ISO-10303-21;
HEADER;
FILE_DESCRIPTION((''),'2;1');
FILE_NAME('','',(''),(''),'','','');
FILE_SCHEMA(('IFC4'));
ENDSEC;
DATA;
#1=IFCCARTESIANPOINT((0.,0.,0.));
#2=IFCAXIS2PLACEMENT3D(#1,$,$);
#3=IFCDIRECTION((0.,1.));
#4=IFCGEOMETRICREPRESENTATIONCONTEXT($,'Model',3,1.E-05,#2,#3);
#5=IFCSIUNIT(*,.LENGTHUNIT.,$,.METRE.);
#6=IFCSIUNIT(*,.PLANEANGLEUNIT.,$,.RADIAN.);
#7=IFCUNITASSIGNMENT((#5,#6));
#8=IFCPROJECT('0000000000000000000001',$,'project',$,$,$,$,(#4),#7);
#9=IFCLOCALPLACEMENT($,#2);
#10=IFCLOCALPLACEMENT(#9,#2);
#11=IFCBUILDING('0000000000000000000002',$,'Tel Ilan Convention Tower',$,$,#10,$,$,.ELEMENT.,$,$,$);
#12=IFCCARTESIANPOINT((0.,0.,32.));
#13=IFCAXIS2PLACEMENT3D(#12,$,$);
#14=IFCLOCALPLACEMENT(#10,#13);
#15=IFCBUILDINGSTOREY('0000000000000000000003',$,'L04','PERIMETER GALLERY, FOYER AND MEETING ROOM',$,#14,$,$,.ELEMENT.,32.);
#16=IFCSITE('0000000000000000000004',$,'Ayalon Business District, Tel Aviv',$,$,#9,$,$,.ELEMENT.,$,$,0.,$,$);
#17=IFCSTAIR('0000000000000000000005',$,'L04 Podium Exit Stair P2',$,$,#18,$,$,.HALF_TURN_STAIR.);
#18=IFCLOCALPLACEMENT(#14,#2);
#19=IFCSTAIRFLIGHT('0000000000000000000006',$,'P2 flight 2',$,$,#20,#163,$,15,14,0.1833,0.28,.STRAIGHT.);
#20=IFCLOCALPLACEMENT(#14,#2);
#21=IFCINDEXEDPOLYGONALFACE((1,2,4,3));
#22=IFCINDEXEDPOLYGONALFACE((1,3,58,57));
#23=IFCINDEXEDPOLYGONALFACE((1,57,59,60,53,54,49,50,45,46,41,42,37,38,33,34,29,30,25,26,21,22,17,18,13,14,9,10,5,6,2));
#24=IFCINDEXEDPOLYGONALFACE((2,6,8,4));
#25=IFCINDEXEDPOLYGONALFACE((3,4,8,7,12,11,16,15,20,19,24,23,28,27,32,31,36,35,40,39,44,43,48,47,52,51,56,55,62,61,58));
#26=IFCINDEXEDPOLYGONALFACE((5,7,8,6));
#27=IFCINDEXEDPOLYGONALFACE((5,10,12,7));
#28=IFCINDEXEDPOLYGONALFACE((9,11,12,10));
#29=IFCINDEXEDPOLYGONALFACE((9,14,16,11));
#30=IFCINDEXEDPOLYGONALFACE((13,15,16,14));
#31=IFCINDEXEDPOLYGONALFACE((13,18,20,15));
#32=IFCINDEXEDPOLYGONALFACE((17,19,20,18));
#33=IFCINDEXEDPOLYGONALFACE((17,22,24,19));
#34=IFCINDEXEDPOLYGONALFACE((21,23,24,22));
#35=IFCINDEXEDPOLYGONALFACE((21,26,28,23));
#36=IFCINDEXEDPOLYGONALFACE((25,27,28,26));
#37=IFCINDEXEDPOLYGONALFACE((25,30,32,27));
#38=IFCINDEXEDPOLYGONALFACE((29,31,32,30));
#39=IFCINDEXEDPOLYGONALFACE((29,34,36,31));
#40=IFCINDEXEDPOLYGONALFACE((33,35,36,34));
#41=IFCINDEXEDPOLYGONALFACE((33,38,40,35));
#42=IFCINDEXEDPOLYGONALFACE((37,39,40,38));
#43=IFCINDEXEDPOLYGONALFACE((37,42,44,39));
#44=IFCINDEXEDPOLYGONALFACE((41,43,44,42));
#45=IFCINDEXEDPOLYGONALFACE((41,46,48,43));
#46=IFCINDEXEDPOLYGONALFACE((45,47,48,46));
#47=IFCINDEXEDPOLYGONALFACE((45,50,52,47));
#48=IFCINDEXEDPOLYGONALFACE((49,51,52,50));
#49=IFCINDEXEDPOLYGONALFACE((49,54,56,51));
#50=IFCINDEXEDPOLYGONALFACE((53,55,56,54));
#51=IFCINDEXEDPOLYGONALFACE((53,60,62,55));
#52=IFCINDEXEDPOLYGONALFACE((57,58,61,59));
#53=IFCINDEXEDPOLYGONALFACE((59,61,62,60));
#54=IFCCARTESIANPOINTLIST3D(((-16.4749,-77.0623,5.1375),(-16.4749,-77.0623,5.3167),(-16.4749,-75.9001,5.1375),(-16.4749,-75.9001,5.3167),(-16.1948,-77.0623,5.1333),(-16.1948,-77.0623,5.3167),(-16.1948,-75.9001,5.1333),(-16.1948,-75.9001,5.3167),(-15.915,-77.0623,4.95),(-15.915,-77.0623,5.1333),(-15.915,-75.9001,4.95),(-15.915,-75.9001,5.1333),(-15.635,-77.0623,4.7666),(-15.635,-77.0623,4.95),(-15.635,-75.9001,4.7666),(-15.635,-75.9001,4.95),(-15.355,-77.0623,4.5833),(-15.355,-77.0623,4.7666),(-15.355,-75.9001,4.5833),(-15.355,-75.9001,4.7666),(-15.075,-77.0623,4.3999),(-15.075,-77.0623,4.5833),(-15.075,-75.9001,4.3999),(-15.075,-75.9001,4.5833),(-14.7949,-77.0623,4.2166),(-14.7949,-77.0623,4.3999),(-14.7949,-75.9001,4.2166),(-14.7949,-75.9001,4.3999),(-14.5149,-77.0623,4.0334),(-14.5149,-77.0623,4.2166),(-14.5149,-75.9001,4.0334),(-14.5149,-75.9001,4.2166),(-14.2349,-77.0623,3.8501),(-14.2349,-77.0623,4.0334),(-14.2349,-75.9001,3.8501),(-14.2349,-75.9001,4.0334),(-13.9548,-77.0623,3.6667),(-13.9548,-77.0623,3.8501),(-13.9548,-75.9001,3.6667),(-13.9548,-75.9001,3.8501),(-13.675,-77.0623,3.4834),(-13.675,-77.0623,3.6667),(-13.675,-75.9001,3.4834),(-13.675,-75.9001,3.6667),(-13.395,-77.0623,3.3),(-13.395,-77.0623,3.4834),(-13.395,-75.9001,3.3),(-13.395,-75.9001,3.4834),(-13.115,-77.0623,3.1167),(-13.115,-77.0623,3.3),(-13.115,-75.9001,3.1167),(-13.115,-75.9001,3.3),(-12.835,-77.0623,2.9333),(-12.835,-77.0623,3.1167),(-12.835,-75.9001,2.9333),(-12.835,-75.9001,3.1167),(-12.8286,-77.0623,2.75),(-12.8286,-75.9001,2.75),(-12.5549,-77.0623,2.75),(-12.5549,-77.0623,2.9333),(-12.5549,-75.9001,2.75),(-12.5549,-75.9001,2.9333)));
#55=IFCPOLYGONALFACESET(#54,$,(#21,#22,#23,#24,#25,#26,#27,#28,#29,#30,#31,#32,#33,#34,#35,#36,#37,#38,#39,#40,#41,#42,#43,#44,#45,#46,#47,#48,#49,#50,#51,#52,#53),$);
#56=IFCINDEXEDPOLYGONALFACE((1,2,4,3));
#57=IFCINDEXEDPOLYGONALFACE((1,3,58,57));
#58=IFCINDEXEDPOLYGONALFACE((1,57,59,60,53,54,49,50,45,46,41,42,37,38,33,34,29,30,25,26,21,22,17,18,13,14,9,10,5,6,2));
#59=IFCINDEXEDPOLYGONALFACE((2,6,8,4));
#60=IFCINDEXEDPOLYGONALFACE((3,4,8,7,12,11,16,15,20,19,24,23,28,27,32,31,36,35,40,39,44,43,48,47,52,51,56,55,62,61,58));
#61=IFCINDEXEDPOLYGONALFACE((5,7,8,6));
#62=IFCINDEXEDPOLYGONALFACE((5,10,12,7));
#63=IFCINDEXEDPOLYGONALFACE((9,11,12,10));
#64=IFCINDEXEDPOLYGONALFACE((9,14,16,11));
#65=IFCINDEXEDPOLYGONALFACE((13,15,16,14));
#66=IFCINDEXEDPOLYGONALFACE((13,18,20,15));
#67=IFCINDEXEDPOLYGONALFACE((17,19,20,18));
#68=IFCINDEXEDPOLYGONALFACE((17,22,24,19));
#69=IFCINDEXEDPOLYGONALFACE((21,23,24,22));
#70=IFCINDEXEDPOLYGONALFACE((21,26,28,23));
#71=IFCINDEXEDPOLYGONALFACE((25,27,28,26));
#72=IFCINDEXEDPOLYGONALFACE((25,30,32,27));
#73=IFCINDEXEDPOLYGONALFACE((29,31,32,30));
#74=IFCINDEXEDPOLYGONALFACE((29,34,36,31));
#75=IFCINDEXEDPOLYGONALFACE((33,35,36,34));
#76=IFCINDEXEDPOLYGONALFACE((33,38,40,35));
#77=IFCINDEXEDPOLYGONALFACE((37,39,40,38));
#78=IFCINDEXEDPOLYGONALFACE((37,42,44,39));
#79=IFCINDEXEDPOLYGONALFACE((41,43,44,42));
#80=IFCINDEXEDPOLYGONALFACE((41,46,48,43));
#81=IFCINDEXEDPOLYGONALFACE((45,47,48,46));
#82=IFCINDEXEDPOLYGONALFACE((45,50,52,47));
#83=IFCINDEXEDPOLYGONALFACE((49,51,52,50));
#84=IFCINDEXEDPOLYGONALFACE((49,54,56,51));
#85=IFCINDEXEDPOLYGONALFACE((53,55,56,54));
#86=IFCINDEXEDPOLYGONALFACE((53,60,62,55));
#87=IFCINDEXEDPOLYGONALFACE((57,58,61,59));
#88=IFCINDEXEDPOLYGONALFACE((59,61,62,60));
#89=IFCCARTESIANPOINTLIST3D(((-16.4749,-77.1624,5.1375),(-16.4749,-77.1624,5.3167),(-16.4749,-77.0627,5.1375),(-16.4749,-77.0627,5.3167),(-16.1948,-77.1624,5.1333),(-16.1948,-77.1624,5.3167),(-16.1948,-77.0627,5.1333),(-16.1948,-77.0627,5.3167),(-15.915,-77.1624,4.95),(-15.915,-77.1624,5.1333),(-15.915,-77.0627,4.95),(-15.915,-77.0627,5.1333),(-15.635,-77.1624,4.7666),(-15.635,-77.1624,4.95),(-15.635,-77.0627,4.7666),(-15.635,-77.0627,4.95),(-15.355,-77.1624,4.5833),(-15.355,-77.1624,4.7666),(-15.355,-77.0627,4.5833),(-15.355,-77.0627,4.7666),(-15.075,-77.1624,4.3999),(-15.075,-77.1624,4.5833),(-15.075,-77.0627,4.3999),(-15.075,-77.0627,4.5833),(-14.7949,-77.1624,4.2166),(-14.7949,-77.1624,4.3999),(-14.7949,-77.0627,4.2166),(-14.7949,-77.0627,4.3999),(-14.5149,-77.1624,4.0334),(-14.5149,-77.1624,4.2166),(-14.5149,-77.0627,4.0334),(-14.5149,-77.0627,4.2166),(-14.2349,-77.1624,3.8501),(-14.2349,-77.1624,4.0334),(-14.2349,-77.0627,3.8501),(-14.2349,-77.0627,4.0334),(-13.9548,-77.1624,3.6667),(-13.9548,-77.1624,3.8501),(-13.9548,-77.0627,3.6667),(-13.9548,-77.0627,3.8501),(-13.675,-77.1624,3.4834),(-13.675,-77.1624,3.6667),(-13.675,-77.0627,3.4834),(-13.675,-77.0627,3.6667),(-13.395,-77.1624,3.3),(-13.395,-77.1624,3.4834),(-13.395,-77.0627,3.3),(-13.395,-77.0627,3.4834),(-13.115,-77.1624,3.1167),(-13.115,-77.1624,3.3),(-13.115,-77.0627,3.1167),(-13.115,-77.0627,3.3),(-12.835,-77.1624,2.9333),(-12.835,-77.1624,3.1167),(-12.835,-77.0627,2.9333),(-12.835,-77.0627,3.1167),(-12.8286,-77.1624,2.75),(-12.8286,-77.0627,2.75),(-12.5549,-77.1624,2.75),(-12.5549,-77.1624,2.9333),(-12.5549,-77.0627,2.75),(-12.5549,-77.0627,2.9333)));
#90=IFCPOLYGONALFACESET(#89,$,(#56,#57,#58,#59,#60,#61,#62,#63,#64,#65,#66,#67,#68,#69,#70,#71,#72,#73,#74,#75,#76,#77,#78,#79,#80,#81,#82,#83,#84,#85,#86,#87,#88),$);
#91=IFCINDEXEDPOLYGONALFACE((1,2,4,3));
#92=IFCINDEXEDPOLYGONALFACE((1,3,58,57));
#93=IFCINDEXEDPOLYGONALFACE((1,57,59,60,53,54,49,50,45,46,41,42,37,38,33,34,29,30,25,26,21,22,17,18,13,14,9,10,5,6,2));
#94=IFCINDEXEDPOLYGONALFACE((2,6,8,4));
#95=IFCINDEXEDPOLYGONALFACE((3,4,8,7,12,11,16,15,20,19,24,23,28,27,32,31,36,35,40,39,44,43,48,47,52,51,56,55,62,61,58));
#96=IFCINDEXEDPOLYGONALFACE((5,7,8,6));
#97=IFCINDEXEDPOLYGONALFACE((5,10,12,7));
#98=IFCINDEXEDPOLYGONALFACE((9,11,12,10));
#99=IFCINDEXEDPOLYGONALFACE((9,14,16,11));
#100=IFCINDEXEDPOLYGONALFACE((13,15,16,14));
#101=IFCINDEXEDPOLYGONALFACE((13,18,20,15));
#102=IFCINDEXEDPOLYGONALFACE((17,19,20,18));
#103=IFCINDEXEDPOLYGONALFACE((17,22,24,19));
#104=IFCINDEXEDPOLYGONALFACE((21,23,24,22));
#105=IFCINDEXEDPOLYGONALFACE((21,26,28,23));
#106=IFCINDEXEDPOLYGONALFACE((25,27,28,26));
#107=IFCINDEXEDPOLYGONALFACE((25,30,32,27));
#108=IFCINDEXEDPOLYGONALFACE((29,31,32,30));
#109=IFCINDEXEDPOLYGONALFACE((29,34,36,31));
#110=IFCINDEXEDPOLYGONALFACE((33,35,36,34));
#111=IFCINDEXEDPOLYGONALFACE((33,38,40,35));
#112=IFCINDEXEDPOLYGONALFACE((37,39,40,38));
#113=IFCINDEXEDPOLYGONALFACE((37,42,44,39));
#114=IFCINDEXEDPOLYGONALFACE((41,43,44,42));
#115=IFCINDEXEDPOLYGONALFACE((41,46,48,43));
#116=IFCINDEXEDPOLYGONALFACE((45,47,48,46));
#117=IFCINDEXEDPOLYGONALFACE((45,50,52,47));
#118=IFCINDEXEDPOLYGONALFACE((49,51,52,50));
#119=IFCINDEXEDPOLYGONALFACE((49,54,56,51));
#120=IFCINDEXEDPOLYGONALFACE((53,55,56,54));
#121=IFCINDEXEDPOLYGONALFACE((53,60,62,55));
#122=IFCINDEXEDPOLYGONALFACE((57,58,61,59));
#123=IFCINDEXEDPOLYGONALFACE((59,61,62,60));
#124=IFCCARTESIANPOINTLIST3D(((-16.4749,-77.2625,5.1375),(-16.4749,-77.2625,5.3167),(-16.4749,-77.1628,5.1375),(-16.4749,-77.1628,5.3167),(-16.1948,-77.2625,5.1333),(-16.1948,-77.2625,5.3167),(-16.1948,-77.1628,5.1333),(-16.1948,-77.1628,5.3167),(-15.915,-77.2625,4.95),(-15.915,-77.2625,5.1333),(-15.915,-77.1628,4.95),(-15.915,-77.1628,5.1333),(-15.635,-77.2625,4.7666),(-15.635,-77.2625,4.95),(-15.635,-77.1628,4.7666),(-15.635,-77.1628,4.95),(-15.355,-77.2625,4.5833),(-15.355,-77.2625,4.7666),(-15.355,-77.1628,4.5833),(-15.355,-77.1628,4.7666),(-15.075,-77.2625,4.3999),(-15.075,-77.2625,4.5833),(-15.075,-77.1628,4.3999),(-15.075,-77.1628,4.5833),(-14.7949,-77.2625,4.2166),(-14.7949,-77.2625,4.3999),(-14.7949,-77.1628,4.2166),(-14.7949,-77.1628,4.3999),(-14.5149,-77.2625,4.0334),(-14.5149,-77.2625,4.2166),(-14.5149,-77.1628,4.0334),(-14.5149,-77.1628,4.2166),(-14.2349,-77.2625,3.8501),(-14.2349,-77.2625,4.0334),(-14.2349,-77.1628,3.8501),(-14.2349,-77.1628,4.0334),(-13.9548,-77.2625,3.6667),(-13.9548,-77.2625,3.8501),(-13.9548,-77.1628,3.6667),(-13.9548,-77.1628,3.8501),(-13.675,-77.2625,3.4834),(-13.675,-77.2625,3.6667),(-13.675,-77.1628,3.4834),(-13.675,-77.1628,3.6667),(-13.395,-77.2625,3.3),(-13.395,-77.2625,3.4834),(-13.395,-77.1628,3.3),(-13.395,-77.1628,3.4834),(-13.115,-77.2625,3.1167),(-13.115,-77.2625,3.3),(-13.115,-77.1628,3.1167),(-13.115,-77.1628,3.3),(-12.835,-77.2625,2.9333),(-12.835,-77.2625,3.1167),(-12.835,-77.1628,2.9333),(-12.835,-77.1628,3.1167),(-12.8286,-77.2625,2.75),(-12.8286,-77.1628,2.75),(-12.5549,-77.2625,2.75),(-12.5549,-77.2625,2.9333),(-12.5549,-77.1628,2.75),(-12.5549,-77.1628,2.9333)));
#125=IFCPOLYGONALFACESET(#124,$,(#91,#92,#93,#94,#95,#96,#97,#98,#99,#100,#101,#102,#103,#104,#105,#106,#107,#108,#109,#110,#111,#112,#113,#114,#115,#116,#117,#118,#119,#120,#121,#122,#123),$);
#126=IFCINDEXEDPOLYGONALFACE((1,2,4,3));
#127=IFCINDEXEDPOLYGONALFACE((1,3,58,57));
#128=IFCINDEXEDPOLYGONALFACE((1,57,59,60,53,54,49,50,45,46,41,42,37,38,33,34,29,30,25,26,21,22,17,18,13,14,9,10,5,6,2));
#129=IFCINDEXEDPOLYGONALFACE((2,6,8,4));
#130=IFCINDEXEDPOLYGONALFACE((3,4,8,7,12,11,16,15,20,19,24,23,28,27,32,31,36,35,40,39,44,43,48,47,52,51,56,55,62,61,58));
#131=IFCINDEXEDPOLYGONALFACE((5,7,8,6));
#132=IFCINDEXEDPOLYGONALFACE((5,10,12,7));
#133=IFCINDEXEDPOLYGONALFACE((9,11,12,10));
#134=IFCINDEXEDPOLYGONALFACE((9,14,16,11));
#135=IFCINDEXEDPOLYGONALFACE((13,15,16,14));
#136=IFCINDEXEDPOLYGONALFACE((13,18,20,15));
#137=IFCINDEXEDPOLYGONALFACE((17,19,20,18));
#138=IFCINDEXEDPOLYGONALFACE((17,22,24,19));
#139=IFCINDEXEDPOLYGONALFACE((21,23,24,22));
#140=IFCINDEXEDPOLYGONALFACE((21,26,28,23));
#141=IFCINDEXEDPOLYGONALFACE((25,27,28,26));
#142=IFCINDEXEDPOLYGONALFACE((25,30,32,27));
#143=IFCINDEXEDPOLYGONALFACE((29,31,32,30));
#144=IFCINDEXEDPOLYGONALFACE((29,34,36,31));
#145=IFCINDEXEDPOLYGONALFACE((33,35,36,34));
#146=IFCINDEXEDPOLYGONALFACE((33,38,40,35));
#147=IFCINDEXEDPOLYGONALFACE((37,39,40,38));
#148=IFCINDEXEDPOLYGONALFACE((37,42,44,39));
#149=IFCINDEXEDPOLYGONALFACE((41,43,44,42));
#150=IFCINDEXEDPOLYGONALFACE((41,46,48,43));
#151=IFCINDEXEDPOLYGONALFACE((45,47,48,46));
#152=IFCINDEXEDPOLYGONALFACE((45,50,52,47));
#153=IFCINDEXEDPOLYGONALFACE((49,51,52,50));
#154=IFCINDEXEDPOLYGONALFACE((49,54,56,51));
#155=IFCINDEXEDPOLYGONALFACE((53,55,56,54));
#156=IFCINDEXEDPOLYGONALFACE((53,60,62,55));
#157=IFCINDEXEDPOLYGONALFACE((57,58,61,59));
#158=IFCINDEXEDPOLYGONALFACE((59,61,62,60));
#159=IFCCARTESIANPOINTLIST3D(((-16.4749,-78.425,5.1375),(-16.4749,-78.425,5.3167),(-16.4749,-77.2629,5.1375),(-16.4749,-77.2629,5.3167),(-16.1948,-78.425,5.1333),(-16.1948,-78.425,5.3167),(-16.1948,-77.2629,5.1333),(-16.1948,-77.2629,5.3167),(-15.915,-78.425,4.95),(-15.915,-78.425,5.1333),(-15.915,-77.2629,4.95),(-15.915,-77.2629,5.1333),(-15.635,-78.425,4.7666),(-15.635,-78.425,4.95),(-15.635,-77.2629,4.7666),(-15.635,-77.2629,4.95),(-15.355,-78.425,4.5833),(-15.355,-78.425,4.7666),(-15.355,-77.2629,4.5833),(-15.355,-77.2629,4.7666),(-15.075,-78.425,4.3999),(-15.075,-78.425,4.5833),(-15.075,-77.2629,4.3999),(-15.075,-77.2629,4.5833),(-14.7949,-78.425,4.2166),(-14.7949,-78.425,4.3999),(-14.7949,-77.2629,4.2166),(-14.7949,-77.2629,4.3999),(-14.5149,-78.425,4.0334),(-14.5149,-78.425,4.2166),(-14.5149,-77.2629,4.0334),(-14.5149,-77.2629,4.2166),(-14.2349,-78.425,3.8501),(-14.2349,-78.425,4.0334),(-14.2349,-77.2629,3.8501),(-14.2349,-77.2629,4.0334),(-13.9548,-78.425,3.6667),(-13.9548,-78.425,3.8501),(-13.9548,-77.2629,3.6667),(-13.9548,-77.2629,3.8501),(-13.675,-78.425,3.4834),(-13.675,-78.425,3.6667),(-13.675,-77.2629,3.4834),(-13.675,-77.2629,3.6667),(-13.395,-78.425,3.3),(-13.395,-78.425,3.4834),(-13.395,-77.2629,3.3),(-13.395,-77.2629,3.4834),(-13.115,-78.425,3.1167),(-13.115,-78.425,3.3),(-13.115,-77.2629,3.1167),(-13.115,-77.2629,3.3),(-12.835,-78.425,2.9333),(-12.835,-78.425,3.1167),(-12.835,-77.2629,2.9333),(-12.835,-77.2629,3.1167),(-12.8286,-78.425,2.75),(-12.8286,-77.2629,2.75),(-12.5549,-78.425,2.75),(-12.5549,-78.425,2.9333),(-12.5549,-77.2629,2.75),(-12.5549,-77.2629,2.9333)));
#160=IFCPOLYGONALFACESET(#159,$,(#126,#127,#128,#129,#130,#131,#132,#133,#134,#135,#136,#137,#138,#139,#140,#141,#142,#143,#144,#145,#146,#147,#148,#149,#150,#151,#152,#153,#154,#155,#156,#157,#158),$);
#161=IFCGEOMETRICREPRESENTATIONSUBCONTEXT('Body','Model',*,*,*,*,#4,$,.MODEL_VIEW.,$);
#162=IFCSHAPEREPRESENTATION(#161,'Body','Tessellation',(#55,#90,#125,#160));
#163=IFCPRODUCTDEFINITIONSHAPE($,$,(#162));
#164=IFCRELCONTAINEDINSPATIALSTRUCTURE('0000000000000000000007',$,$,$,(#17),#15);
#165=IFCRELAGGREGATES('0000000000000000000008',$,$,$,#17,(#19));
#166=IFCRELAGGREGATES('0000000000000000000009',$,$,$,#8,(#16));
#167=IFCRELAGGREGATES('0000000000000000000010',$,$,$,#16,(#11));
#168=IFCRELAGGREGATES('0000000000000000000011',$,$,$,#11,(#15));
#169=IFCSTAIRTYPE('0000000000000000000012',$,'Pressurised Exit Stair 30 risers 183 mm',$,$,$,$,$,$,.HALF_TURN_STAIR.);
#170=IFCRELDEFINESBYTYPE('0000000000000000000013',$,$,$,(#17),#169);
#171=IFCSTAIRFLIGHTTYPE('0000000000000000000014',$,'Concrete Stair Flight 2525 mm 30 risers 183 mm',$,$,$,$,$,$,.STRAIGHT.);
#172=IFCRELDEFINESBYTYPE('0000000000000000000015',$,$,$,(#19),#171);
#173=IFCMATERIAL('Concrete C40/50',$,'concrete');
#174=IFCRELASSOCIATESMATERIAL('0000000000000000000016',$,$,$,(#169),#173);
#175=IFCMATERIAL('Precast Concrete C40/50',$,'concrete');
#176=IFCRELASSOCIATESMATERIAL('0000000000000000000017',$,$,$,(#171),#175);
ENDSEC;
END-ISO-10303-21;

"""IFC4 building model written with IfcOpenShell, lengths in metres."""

from ifc_helpers import new_model, si_unit, direction, frame, origin, place, context, subcontext, project, spatial, polyline, outline, extrude, material, type_object, element, aggregate, save


model = new_model("IFC4")

# Units and contexts
model_context = context("Model", 3, precision=1e-05, world=origin(), true_north=direction((0.0, 1.0)))
body_context = subcontext(model_context, "Body", "Model", "MODEL_VIEW")
ifc_project = project(units=[si_unit("LENGTHUNIT", "METRE"), si_unit("PLANEANGLEUNIT", "RADIAN")], contexts=[model_context])

# Site, building, storey
site_placement = place(None, origin())
site = spatial("IfcSite", under=ifc_project, at=site_placement, Name="Ayalon Business District, Tel Aviv", CompositionType="ELEMENT", RefElevation=0.0)
building_placement = place(site_placement, origin())
building = spatial("IfcBuilding", under=site, at=building_placement, Name="Tel Ilan Convention Tower", CompositionType="ELEMENT")
storey_placement = place(building_placement, frame((0.0, 0.0, 32.0)))
storey = spatial("IfcBuildingStorey", under=building, at=storey_placement, Name="L04", Description="PERIMETER GALLERY, FOYER AND MEETING ROOM", CompositionType="ELEMENT", Elevation=32.0)

# Stair, stair flight
ifc_material_1 = material(Name="Concrete C40/50", Category="concrete")
stair_type = type_object("IfcStairType", Name="Pressurised Exit Stair 30 risers 183 mm", PredefinedType="HALF_TURN_STAIR", material=ifc_material_1)
stair_placement = place(storey_placement, origin())
stair = element("IfcStair", 1, at=stair_placement, inside=storey, type_object=stair_type, Name="L04 Podium Exit Stair P2", PredefinedType="HALF_TURN_STAIR")
ifc_material_2 = material(Name="Precast Concrete C40/50", Category="concrete")
stair_flight_type = type_object("IfcStairFlightType", Name="Concrete Stair Flight 2525 mm 30 risers 183 mm", PredefinedType="STRAIGHT", material=ifc_material_2)
stair_flight_1_placement = place(storey_placement, frame((-12.5549, -77.1626, 2.75), z_axis=(0.0, 0.0, 1.0), x_axis=(-1.0, 0.0, 0.0)))
stair_flight_1 = element("IfcStairFlight", 2, at=stair_flight_1_placement, type_object=stair_flight_type, Name="P2 flight 2", NumberOfRisers=15, NumberOfTreads=14, PredefinedType="STRAIGHT", RiserHeight=0.1833, TreadLength=0.28, context=body_context, shape_type="SweptSolid", body=[
    extrude(outline(polyline([(0.0, 0.0), (0.0, 0.1833), (0.28, 0.1833), (0.28, 0.3667), (0.5601, 0.3667), (0.5601, 0.55), (0.8401, 0.55), (0.8401, 0.7334), (1.1201, 0.7334), (1.1201, 0.9167), (1.3999, 0.9167), (1.3999, 1.1001), (1.6799, 1.1001), (1.6799, 1.2834), (1.96, 1.2834), (1.96, 1.4666), (2.24, 1.4666), (2.24, 1.6499), (2.52, 1.6499), (2.52, 1.8333), (2.8, 1.8333), (2.8, 2.0166), (3.0801, 2.0166), (3.0801, 2.2), (3.3601, 2.2), (3.3601, 2.3833), (3.6399, 2.3833), (3.6399, 2.5667), (3.9199, 2.5667), (3.9199, 2.75), (3.9199, 2.3875), (0.2737, 0.0), (0.0, 0.0)])), frame((0.0, -0.1003, 0.0), z_axis=(0.0, -1.0, 0.0), x_axis=(1.0, 0.0, 0.0)), (0.0, 0.0, 1.0), 1.1621),
    extrude(outline(polyline([(0.0, 0.0), (0.0, 0.1833), (0.28, 0.1833), (0.28, 0.3667), (0.5601, 0.3667), (0.5601, 0.55), (0.8401, 0.55), (0.8401, 0.7334), (1.1201, 0.7334), (1.1201, 0.9167), (1.3999, 0.9167), (1.3999, 1.1001), (1.6799, 1.1001), (1.6799, 1.2834), (1.96, 1.2834), (1.96, 1.4666), (2.24, 1.4666), (2.24, 1.6499), (2.52, 1.6499), (2.52, 1.8333), (2.8, 1.8333), (2.8, 2.0166), (3.0801, 2.0166), (3.0801, 2.2), (3.3601, 2.2), (3.3601, 2.3833), (3.6399, 2.3833), (3.6399, 2.5667), (3.9199, 2.5667), (3.9199, 2.75), (3.9199, 2.3875), (0.2737, 0.0), (0.0, 0.0)])), frame((0.0, -0.0002, 0.0), z_axis=(0.0, -1.0, 0.0), x_axis=(1.0, 0.0, 0.0)), (0.0, 0.0, 1.0), 0.0996),
    extrude(outline(polyline([(0.0, 0.0), (0.0, 0.1833), (0.28, 0.1833), (0.28, 0.3667), (0.5601, 0.3667), (0.5601, 0.55), (0.8401, 0.55), (0.8401, 0.7334), (1.1201, 0.7334), (1.1201, 0.9167), (1.3999, 0.9167), (1.3999, 1.1001), (1.6799, 1.1001), (1.6799, 1.2834), (1.96, 1.2834), (1.96, 1.4666), (2.24, 1.4666), (2.24, 1.6499), (2.52, 1.6499), (2.52, 1.8333), (2.8, 1.8333), (2.8, 2.0166), (3.0801, 2.0166), (3.0801, 2.2), (3.3601, 2.2), (3.3601, 2.3833), (3.6399, 2.3833), (3.6399, 2.5667), (3.9199, 2.5667), (3.9199, 2.75), (3.9199, 2.3875), (0.2737, 0.0), (0.0, 0.0)])), frame((0.0, 0.0999, 0.0), z_axis=(0.0, -1.0, 0.0), x_axis=(1.0, 0.0, 0.0)), (0.0, 0.0, 1.0), 0.0996),
    extrude(outline(polyline([(0.0, 0.0), (0.0, 0.1833), (0.28, 0.1833), (0.28, 0.3667), (0.5601, 0.3667), (0.5601, 0.55), (0.8401, 0.55), (0.8401, 0.7334), (1.1201, 0.7334), (1.1201, 0.9167), (1.3999, 0.9167), (1.3999, 1.1001), (1.6799, 1.1001), (1.6799, 1.2834), (1.96, 1.2834), (1.96, 1.4666), (2.24, 1.4666), (2.24, 1.6499), (2.52, 1.6499), (2.52, 1.8333), (2.8, 1.8333), (2.8, 2.0166), (3.0801, 2.0166), (3.0801, 2.2), (3.3601, 2.2), (3.3601, 2.3833), (3.6399, 2.3833), (3.6399, 2.5667), (3.9199, 2.5667), (3.9199, 2.75), (3.9199, 2.3875), (0.2737, 0.0), (0.0, 0.0)])), frame((0.0, 1.2625, 0.0), z_axis=(0.0, -1.0, 0.0), x_axis=(1.0, 0.0, 0.0)), (0.0, 0.0, 1.0), 1.1621),
])
aggregate(stair, [stair_flight_1])

save(model, "model.ifc")
